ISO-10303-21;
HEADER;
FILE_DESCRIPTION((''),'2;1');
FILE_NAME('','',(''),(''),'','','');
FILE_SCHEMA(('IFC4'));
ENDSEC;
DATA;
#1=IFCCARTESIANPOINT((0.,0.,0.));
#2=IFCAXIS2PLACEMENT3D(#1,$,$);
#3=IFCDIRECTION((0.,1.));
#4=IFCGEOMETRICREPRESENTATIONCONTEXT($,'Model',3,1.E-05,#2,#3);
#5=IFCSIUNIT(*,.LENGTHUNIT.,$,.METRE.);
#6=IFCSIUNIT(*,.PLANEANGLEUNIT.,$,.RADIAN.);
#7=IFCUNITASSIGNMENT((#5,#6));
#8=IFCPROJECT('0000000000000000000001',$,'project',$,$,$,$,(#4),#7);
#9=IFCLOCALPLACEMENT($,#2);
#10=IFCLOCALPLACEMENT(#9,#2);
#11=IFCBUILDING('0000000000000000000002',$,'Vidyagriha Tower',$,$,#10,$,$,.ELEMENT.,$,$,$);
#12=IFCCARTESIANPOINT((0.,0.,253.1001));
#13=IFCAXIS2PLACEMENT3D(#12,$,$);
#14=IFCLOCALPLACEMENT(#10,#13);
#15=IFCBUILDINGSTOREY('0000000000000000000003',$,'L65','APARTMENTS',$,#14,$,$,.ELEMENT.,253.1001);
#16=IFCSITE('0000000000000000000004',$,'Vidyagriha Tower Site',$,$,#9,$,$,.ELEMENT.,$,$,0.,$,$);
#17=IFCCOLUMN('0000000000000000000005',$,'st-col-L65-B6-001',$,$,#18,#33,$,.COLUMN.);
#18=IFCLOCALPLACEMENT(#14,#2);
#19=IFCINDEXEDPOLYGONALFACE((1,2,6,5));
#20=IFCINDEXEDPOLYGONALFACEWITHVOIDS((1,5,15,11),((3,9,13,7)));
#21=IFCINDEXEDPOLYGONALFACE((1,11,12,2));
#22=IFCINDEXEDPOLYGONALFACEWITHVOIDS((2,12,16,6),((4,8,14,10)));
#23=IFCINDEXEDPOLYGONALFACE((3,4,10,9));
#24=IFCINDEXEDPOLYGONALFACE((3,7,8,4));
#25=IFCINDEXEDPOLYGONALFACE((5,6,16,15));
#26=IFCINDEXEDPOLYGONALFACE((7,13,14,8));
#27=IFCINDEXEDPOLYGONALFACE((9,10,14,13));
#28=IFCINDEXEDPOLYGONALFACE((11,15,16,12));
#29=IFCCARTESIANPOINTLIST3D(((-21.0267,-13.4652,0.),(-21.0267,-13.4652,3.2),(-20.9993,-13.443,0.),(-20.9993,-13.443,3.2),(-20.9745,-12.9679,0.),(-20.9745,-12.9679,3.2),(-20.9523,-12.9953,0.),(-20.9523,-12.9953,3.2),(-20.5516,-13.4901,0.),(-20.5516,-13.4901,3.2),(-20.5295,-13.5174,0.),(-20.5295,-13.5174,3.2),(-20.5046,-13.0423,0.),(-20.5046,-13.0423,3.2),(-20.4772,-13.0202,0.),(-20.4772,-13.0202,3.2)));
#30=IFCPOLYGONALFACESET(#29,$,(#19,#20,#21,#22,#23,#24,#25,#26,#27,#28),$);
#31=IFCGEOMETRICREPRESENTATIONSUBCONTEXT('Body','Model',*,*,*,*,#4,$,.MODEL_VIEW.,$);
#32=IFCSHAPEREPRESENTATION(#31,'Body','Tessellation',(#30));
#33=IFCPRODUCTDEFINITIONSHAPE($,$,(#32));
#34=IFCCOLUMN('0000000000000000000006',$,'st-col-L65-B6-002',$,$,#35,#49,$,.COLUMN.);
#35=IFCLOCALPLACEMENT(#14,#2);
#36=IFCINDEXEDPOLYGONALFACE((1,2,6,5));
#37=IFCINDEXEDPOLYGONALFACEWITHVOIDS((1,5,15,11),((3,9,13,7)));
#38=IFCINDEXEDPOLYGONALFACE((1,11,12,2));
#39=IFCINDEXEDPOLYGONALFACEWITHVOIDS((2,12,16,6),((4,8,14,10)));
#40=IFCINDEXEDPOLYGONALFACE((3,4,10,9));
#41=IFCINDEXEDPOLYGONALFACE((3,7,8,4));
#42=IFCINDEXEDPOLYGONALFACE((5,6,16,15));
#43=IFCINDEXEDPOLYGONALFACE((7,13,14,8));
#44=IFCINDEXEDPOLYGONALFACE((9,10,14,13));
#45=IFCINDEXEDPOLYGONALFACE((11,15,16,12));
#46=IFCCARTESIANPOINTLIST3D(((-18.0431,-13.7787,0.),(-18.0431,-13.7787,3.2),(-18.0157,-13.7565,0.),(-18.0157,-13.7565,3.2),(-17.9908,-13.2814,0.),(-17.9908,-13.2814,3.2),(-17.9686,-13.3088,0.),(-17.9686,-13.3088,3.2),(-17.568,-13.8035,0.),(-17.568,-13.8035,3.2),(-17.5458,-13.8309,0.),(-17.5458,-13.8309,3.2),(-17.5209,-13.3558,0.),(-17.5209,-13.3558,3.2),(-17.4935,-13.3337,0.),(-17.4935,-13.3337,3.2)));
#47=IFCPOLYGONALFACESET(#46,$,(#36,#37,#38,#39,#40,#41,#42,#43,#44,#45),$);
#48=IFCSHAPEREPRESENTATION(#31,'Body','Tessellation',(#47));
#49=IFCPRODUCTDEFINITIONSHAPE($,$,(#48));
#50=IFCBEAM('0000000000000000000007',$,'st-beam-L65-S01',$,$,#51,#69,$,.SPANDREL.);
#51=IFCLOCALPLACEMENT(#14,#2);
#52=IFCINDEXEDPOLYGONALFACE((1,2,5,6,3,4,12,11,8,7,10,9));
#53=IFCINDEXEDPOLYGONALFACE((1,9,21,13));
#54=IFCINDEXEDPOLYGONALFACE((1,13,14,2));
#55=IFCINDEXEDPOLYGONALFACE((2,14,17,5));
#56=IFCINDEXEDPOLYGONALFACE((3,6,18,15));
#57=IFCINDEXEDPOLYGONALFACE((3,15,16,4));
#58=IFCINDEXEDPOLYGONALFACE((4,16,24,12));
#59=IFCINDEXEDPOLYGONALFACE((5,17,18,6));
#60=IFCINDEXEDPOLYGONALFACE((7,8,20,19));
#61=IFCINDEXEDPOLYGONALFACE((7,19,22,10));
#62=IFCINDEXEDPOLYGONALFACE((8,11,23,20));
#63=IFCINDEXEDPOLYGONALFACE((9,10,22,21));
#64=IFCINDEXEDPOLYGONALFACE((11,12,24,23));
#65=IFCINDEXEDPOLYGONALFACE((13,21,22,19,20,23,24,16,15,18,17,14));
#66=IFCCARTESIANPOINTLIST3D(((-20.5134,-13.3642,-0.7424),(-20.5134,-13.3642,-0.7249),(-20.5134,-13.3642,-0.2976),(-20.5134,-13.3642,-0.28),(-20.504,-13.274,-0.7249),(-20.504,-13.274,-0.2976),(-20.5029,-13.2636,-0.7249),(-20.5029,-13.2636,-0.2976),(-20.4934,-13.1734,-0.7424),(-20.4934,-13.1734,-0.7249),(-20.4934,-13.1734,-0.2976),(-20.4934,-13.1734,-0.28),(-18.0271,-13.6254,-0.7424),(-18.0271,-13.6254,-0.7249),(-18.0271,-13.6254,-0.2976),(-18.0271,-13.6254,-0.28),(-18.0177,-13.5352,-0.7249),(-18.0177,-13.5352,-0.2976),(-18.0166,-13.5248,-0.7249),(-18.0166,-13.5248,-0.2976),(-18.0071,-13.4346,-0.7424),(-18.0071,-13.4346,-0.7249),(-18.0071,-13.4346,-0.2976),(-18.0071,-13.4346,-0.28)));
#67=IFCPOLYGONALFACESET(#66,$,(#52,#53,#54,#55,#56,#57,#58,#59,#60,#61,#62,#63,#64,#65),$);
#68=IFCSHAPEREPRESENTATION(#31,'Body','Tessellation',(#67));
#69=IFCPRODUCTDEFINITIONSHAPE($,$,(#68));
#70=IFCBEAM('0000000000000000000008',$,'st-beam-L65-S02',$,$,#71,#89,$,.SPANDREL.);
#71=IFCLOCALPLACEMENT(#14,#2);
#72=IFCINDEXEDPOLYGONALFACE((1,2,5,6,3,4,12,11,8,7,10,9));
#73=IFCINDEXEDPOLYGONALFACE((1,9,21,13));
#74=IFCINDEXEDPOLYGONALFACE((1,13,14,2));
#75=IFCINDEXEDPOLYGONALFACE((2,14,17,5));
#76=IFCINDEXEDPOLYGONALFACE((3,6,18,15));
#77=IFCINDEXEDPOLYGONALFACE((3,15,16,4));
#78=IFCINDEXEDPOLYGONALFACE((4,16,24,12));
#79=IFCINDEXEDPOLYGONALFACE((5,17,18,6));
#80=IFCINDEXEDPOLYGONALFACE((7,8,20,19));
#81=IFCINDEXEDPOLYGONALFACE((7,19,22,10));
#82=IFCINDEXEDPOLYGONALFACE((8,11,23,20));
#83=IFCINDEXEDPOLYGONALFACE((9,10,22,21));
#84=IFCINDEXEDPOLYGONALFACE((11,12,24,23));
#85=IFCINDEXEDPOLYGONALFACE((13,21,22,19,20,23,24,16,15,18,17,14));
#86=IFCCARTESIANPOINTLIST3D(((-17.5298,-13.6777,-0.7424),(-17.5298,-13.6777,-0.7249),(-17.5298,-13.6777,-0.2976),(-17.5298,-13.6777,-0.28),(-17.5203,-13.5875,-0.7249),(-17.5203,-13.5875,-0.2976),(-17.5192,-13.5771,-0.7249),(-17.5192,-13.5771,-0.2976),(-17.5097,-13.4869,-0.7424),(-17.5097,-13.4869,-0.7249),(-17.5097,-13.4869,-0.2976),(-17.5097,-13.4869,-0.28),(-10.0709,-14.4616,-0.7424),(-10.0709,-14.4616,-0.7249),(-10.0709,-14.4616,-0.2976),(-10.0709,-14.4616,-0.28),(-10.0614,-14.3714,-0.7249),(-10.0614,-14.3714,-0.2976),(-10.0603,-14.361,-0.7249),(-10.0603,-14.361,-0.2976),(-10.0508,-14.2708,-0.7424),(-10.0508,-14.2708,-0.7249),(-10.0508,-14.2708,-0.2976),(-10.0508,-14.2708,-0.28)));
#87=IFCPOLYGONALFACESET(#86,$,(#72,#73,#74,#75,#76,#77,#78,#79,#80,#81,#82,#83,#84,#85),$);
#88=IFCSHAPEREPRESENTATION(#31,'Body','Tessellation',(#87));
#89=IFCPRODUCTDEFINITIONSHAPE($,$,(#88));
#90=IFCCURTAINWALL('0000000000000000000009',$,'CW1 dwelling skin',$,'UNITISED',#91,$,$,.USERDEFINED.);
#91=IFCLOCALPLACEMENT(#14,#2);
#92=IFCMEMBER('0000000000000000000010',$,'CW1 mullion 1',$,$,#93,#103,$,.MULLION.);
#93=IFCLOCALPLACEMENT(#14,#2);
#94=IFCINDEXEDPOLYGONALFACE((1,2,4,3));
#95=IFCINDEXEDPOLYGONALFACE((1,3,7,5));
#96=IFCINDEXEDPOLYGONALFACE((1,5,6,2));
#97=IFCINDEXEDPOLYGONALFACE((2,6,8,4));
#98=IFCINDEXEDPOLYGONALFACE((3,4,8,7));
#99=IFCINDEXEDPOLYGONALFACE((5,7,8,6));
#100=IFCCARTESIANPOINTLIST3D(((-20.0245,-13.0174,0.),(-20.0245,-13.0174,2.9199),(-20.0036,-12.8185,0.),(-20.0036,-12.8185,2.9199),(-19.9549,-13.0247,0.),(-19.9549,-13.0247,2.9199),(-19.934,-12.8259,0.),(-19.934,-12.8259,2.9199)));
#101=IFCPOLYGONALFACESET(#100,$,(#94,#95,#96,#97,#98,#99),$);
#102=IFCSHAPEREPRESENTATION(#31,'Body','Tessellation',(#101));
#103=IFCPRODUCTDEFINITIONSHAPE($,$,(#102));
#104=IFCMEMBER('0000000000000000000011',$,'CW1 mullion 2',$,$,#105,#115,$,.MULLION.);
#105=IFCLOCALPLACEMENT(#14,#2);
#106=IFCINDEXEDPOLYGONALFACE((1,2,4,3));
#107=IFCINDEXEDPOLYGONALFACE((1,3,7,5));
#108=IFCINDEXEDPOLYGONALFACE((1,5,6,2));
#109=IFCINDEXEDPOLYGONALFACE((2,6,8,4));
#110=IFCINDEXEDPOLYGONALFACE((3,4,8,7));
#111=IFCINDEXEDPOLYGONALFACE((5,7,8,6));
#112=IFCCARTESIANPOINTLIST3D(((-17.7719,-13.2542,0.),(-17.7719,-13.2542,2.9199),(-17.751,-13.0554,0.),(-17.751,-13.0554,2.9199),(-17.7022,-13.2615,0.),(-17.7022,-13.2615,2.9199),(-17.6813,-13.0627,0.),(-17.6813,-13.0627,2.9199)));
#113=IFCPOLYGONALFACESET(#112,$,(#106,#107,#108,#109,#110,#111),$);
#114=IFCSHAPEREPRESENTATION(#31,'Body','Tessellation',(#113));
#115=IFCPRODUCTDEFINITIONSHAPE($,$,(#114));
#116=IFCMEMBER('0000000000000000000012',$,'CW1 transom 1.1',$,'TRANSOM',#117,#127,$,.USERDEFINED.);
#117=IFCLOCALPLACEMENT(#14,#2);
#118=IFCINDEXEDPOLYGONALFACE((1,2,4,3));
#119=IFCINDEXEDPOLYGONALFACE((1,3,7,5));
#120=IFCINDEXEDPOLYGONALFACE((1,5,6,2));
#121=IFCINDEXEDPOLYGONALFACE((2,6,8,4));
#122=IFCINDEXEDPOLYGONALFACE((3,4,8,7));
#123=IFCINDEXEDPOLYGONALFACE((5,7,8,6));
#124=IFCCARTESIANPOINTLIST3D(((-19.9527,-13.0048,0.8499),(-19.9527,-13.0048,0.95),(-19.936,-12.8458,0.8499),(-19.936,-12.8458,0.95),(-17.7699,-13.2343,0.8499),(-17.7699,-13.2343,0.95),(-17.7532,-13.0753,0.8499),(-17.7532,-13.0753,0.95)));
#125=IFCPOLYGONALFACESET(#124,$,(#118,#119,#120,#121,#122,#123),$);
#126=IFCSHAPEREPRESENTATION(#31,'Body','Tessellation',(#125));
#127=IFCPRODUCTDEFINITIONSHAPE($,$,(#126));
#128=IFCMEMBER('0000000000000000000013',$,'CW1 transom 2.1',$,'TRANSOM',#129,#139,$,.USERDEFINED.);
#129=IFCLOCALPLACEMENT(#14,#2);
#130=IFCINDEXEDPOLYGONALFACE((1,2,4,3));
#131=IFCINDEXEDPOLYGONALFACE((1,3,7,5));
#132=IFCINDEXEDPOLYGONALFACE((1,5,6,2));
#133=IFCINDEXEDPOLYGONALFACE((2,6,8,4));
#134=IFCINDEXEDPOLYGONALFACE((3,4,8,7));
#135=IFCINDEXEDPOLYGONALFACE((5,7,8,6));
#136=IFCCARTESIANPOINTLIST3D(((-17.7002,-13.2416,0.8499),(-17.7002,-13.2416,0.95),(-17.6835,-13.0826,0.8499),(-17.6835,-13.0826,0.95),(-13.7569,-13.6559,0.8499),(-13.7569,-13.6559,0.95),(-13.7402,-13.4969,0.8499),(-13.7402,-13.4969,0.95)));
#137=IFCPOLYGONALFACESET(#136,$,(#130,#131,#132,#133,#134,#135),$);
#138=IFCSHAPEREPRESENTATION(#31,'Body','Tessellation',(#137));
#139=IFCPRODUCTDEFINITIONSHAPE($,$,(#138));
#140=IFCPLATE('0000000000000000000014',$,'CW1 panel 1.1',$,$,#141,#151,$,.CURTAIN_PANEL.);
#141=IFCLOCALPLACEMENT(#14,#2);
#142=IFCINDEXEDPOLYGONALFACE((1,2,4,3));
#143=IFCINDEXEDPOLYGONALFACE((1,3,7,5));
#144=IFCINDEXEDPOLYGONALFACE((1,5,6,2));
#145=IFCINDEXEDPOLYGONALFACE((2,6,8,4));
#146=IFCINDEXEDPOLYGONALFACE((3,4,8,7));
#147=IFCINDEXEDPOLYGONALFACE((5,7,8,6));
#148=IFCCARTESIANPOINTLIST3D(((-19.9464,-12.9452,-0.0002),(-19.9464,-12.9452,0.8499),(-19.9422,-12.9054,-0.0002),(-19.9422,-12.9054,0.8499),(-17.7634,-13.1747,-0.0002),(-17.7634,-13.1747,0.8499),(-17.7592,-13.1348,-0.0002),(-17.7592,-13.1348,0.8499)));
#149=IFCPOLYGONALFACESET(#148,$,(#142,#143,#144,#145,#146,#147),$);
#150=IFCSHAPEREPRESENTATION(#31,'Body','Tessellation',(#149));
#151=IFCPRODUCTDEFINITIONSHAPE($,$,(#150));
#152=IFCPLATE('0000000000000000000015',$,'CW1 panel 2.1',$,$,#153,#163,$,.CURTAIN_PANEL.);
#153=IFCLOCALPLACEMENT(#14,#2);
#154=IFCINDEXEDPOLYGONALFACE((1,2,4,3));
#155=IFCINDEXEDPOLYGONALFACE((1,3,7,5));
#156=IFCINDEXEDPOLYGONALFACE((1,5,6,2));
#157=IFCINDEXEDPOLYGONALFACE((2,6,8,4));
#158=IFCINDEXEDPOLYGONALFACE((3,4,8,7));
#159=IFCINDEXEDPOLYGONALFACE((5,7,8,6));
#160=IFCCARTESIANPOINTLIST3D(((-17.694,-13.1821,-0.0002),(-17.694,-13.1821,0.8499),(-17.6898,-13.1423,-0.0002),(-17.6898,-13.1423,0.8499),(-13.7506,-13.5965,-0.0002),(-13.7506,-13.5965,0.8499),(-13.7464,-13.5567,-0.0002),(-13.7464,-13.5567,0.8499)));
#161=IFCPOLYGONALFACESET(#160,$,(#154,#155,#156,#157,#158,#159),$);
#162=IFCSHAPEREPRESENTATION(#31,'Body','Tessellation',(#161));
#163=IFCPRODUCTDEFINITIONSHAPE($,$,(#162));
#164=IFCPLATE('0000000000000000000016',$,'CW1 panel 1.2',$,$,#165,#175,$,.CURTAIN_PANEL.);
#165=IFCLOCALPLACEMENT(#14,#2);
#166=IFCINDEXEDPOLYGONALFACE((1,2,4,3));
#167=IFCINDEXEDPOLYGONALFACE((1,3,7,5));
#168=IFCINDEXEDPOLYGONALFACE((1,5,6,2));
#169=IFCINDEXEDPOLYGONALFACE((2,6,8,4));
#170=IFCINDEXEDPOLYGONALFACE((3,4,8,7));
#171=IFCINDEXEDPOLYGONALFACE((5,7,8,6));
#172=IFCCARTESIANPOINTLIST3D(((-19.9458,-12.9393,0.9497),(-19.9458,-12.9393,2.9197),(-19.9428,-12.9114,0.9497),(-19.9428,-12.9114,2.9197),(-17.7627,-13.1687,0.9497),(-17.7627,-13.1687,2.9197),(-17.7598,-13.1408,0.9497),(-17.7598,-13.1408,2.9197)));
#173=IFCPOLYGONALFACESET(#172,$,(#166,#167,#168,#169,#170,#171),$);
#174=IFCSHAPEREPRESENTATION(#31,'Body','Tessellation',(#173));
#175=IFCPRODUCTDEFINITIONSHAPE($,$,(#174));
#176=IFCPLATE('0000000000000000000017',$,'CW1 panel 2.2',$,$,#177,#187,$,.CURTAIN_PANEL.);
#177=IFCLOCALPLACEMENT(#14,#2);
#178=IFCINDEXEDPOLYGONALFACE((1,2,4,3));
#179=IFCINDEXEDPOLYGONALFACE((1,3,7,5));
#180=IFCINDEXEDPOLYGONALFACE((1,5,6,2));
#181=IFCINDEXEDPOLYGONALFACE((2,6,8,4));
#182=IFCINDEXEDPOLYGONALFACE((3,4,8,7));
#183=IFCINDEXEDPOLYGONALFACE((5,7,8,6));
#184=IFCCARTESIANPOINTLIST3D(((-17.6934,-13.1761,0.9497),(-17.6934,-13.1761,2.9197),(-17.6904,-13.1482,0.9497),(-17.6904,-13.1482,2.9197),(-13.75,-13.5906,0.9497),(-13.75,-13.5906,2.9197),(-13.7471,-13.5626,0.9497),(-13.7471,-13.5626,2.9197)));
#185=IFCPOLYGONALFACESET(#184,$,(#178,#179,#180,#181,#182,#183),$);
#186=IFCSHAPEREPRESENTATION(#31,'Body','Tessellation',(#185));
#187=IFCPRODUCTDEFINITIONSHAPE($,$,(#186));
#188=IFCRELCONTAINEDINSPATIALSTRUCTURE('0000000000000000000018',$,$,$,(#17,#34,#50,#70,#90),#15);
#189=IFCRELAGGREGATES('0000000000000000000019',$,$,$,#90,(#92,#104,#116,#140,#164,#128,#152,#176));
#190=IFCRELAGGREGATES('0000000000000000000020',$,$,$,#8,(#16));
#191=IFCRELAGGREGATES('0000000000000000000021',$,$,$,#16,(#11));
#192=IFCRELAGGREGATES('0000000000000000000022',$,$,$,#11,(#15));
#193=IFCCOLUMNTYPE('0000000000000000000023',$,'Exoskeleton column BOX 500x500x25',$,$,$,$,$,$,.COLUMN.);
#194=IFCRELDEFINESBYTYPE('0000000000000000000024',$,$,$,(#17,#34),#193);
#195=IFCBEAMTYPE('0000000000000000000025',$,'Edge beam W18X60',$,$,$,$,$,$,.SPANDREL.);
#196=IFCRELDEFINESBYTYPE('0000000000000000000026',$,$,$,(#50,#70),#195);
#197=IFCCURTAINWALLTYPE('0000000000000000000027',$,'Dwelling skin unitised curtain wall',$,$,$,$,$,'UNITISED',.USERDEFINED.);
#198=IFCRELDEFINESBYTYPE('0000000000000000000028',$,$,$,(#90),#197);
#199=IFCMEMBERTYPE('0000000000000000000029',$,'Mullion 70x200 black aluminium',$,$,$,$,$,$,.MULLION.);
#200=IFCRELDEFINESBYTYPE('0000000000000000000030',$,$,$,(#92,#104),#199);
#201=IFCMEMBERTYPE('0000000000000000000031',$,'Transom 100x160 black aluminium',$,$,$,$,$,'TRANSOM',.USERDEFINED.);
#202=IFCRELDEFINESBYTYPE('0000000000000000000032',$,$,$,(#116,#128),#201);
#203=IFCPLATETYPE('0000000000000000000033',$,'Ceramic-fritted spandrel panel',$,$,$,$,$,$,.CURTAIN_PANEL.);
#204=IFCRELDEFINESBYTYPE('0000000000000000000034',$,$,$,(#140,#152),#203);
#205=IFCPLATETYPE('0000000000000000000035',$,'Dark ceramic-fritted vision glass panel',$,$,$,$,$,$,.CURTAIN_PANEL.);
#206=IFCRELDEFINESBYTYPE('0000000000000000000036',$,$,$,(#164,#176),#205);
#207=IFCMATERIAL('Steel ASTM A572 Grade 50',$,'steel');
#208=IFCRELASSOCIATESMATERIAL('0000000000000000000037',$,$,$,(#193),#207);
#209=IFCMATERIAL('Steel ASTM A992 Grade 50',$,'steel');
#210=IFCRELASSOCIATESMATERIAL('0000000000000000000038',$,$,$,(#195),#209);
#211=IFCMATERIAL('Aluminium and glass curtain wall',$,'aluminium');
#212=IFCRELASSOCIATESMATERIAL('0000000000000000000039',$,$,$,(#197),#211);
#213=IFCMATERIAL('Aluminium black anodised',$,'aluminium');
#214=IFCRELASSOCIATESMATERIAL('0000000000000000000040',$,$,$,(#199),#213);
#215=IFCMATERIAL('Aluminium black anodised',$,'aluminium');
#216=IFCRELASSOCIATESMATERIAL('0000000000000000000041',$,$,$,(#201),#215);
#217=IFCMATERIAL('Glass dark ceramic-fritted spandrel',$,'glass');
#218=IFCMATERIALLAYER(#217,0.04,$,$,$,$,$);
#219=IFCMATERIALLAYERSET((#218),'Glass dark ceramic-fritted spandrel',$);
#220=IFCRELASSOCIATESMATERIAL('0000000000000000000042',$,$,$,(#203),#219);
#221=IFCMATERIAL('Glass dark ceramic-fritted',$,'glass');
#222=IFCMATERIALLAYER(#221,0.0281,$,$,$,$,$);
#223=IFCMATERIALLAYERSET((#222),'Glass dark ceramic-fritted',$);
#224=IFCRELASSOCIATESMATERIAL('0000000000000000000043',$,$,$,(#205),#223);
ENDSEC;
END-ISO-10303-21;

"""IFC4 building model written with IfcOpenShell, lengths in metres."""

from ifc_helpers import new_model, si_unit, direction, frame, origin, origin_2d, place, context, subcontext, project, spatial, rectangle, hollow_rectangle, i_section, extrude, material, layer, layer_set, material_profile, profile_set, type_object, element, aggregate, save


model = new_model("IFC4")

# Units and contexts
model_context = context("Model", 3, precision=1e-05, world=origin(), true_north=direction((0.0, 1.0)))
body_context = subcontext(model_context, "Body", "Model", "MODEL_VIEW")
ifc_project = project(units=[si_unit("LENGTHUNIT", "METRE"), si_unit("PLANEANGLEUNIT", "RADIAN")], contexts=[model_context])

# Site, building, storey
site_placement = place(None, origin())
site = spatial("IfcSite", under=ifc_project, at=site_placement, Name="Vidyagriha Tower Site", CompositionType="ELEMENT", RefElevation=0.0)
building_placement = place(site_placement, origin())
building = spatial("IfcBuilding", under=site, at=building_placement, Name="Vidyagriha Tower", CompositionType="ELEMENT")
storey_placement = place(building_placement, frame((0.0, 0.0, 253.1001)))
storey = spatial("IfcBuildingStorey", under=building, at=storey_placement, Name="L65", Description="APARTMENTS", CompositionType="ELEMENT", Elevation=253.1001)

# Columns
ifc_material_1 = material(Name="Steel ASTM A572 Grade 50", Category="steel")
ifc_material_profile_1 = material_profile(ifc_material_1, hollow_rectangle(XDim=0.5, YDim=0.5, WallThickness=0.0249, at=origin_2d()), Name="BOX 500x500x25")
ifc_profile_set_1 = profile_set([ifc_material_profile_1], Name="Steel ASTM A572 Grade 50")
column_type = type_object("IfcColumnType", Name="Exoskeleton column BOX 500x500x25", PredefinedType="COLUMN", material=ifc_profile_set_1)
for number, where, z_axis, x_axis, name in (
    (1, (-20.752, -13.2427, 0.0), (0.0, 0.0, 1.0), (0.994522, -0.104528, 0.0), "st-col-L65-B6-001"),
    (2, (-17.7683, -13.5562, 0.0), (0.0, 0.0, 1.0), (0.994522, -0.104528, 0.0), "st-col-L65-B6-002"),
):
    element("IfcColumn", number, at=place(storey_placement, frame(where, z_axis=z_axis, x_axis=x_axis)), inside=storey, type_object=column_type, Name=name, PredefinedType="COLUMN", context=body_context, shape_type="SweptSolid", body=[
        extrude(hollow_rectangle(XDim=0.5, YDim=0.5, WallThickness=0.0249, at=origin_2d()), origin(), (0.0, 0.0, 1.0), 3.2),
    ])

# Beams
ifc_material_2 = material(Name="Steel ASTM A992 Grade 50", Category="steel")
ifc_material_profile_2 = material_profile(ifc_material_2, i_section(OverallWidth=0.1919, OverallDepth=0.4624, WebThickness=0.0105, FlangeThickness=0.0176, at=origin_2d()), Name="W18X60")
ifc_profile_set_2 = profile_set([ifc_material_profile_2], Name="Steel ASTM A992 Grade 50")
beam_type = type_object("IfcBeamType", Name="Edge beam W18X60", PredefinedType="SPANDREL", material=ifc_profile_set_2)
beam_1_placement = place(storey_placement, frame((-20.5034, -13.2688, -0.5112), z_axis=(0.994526, -0.104492, 0.0), x_axis=(0.104492, 0.994526, 0.0)))
element("IfcBeam", 3, at=beam_1_placement, inside=storey, type_object=beam_type, Name="st-beam-L65-S01", PredefinedType="SPANDREL", context=body_context, shape_type="SweptSolid", body=[
    extrude(i_section(OverallWidth=0.1919, OverallDepth=0.4624, WebThickness=0.0105, FlangeThickness=0.0176, at=origin_2d()), origin(), (0.0, 0.0, 1.0), 2.5),
])
beam_2_placement = place(storey_placement, frame((-17.5198, -13.5823, -0.5112), z_axis=(0.994522, -0.104524, 0.0), x_axis=(0.104524, 0.994522, 0.0)))
element("IfcBeam", 4, at=beam_2_placement, inside=storey, type_object=beam_type, Name="st-beam-L65-S02", PredefinedType="SPANDREL", context=body_context, shape_type="SweptSolid", body=[
    extrude(i_section(OverallWidth=0.1919, OverallDepth=0.4624, WebThickness=0.0105, FlangeThickness=0.0176, at=origin_2d()), origin(), (0.0, 0.0, 1.0), 7.5),
])

# Curtain wall, members, plates
ifc_material_3 = material(Name="Aluminium and glass curtain wall", Category="aluminium")
curtain_wall_type = type_object("IfcCurtainWallType", Name="Dwelling skin unitised curtain wall", ElementType="UNITISED", PredefinedType="USERDEFINED", material=ifc_material_3)
curtain_wall_placement = place(storey_placement, origin())
curtain_wall = element("IfcCurtainWall", 5, at=curtain_wall_placement, inside=storey, type_object=curtain_wall_type, Name="CW1 dwelling skin", ObjectType="UNITISED", PredefinedType="USERDEFINED")
ifc_material_4 = material(Name="Aluminium black anodised", Category="aluminium")
ifc_material_profile_3 = material_profile(ifc_material_4, rectangle(XDim=0.2, YDim=0.0701, at=origin_2d()), Name="Mullion 70x200 black aluminium")
ifc_profile_set_3 = profile_set([ifc_material_profile_3], Name="Aluminium black anodised")
member_type_1 = type_object("IfcMemberType", Name="Mullion 70x200 black aluminium", PredefinedType="MULLION", material=ifc_profile_set_3)
member_1_placement = place(storey_placement, frame((-19.9792, -12.9216, 0.0), z_axis=(0.0, 0.0, 1.0), x_axis=(0.104524, 0.994522, 0.0)))
member_1 = element("IfcMember", 6, at=member_1_placement, type_object=member_type_1, Name="CW1 mullion 1", PredefinedType="MULLION", context=body_context, shape_type="SweptSolid", body=[
    extrude(rectangle(XDim=0.2, YDim=0.0701, at=origin_2d()), origin(), (0.0, 0.0, 1.0), 2.9199),
])
member_2_placement = place(storey_placement, frame((-17.7266, -13.1584, 0.0), z_axis=(0.0, 0.0, 1.0), x_axis=(0.104524, 0.994522, 0.0)))
member_2 = element("IfcMember", 7, at=member_2_placement, type_object=member_type_1, Name="CW1 mullion 2", PredefinedType="MULLION", context=body_context, shape_type="SweptSolid", body=[
    extrude(rectangle(XDim=0.2, YDim=0.0701, at=origin_2d()), origin(), (0.0, 0.0, 1.0), 2.9199),
])
ifc_material_5 = material(Name="Aluminium black anodised", Category="aluminium")
ifc_material_profile_4 = material_profile(ifc_material_5, rectangle(XDim=0.1599, YDim=0.1001, at=origin_2d()), Name="Transom 100x160 black aluminium")
ifc_profile_set_4 = profile_set([ifc_material_profile_4], Name="Aluminium black anodised")
member_type_2 = type_object("IfcMemberType", Name="Transom 100x160 black aluminium", ElementType="TRANSOM", PredefinedType="USERDEFINED", material=ifc_profile_set_4)
member_3_placement = place(storey_placement, frame((-19.9443, -12.9253, 0.8999), z_axis=(0.994519, -0.104557, 0.0), x_axis=(0.104557, 0.994519, 0.0)))
member_3 = element("IfcMember", 8, at=member_3_placement, type_object=member_type_2, Name="CW1 transom 1.1", ObjectType="TRANSOM", PredefinedType="USERDEFINED", context=body_context, shape_type="SweptSolid", body=[
    extrude(rectangle(XDim=0.1599, YDim=0.1001, at=origin_2d()), origin(), (0.0, 0.0, 1.0), 2.1948),
])
member_4_placement = place(storey_placement, frame((-17.6919, -13.1621, 0.8999), z_axis=(0.994526, -0.104489, 0.0), x_axis=(0.104489, 0.994526, 0.0)))
member_4 = element("IfcMember", 9, at=member_4_placement, type_object=member_type_2, Name="CW1 transom 2.1", ObjectType="TRANSOM", PredefinedType="USERDEFINED", context=body_context, shape_type="SweptSolid", body=[
    extrude(rectangle(XDim=0.1599, YDim=0.1001, at=origin_2d()), origin(), (0.0, 0.0, 1.0), 3.9651),
])
ifc_material_6 = material(Name="Glass dark ceramic-fritted spandrel", Category="glass")
ifc_layer_1 = layer(ifc_material_6, 0.04)
ifc_layer_set_1 = layer_set([ifc_layer_1], Name="Glass dark ceramic-fritted spandrel")
plate_type_1 = type_object("IfcPlateType", Name="Ceramic-fritted spandrel panel", PredefinedType="CURTAIN_PANEL", material=ifc_layer_set_1)
plate_1_placement = place(storey_placement, frame((-18.8528, -13.04, -0.0002), z_axis=(0.0, 0.0, 1.0), x_axis=(0.994522, -0.104524, 0.0)))
plate_1 = element("IfcPlate", 10, at=plate_1_placement, type_object=plate_type_1, Name="CW1 panel 1.1", PredefinedType="CURTAIN_PANEL", context=body_context, shape_type="SweptSolid", body=[
    extrude(rectangle(XDim=2.1951, YDim=0.04, at=origin_2d()), origin(), (0.0, 0.0, 1.0), 0.8501),
])
plate_2_placement = place(storey_placement, frame((-15.7202, -13.3694, -0.0002), z_axis=(0.0, 0.0, 1.0), x_axis=(0.994522, -0.104524, 0.0)))
plate_2 = element("IfcPlate", 11, at=plate_2_placement, type_object=plate_type_1, Name="CW1 panel 2.1", PredefinedType="CURTAIN_PANEL", context=body_context, shape_type="SweptSolid", body=[
    extrude(rectangle(XDim=3.9651, YDim=0.04, at=origin_2d()), origin(), (0.0, 0.0, 1.0), 0.8501),
])
ifc_material_7 = material(Name="Glass dark ceramic-fritted", Category="glass")
ifc_layer_2 = layer(ifc_material_7, 0.0281)
ifc_layer_set_2 = layer_set([ifc_layer_2], Name="Glass dark ceramic-fritted")
plate_type_2 = type_object("IfcPlateType", Name="Dark ceramic-fritted vision glass panel", PredefinedType="CURTAIN_PANEL", material=ifc_layer_set_2)
plate_3_placement = place(storey_placement, frame((-18.8528, -13.04, 0.9497), z_axis=(0.0, 0.0, 1.0), x_axis=(0.994522, -0.104524, 0.0)))
plate_3 = element("IfcPlate", 12, at=plate_3_placement, type_object=plate_type_2, Name="CW1 panel 1.2", PredefinedType="CURTAIN_PANEL", context=body_context, shape_type="SweptSolid", body=[
    extrude(rectangle(XDim=2.1951, YDim=0.0281, at=origin_2d()), origin(), (0.0, 0.0, 1.0), 1.97),
])
plate_4_placement = place(storey_placement, frame((-15.7202, -13.3694, 0.9497), z_axis=(0.0, 0.0, 1.0), x_axis=(0.994522, -0.104524, 0.0)))
plate_4 = element("IfcPlate", 13, at=plate_4_placement, type_object=plate_type_2, Name="CW1 panel 2.2", PredefinedType="CURTAIN_PANEL", context=body_context, shape_type="SweptSolid", body=[
    extrude(rectangle(XDim=3.9651, YDim=0.0281, at=origin_2d()), origin(), (0.0, 0.0, 1.0), 1.97),
])
aggregate(curtain_wall, [member_1, member_2, member_3, plate_1, plate_3, member_4, plate_2, plate_4])

save(model, "model.ifc")
